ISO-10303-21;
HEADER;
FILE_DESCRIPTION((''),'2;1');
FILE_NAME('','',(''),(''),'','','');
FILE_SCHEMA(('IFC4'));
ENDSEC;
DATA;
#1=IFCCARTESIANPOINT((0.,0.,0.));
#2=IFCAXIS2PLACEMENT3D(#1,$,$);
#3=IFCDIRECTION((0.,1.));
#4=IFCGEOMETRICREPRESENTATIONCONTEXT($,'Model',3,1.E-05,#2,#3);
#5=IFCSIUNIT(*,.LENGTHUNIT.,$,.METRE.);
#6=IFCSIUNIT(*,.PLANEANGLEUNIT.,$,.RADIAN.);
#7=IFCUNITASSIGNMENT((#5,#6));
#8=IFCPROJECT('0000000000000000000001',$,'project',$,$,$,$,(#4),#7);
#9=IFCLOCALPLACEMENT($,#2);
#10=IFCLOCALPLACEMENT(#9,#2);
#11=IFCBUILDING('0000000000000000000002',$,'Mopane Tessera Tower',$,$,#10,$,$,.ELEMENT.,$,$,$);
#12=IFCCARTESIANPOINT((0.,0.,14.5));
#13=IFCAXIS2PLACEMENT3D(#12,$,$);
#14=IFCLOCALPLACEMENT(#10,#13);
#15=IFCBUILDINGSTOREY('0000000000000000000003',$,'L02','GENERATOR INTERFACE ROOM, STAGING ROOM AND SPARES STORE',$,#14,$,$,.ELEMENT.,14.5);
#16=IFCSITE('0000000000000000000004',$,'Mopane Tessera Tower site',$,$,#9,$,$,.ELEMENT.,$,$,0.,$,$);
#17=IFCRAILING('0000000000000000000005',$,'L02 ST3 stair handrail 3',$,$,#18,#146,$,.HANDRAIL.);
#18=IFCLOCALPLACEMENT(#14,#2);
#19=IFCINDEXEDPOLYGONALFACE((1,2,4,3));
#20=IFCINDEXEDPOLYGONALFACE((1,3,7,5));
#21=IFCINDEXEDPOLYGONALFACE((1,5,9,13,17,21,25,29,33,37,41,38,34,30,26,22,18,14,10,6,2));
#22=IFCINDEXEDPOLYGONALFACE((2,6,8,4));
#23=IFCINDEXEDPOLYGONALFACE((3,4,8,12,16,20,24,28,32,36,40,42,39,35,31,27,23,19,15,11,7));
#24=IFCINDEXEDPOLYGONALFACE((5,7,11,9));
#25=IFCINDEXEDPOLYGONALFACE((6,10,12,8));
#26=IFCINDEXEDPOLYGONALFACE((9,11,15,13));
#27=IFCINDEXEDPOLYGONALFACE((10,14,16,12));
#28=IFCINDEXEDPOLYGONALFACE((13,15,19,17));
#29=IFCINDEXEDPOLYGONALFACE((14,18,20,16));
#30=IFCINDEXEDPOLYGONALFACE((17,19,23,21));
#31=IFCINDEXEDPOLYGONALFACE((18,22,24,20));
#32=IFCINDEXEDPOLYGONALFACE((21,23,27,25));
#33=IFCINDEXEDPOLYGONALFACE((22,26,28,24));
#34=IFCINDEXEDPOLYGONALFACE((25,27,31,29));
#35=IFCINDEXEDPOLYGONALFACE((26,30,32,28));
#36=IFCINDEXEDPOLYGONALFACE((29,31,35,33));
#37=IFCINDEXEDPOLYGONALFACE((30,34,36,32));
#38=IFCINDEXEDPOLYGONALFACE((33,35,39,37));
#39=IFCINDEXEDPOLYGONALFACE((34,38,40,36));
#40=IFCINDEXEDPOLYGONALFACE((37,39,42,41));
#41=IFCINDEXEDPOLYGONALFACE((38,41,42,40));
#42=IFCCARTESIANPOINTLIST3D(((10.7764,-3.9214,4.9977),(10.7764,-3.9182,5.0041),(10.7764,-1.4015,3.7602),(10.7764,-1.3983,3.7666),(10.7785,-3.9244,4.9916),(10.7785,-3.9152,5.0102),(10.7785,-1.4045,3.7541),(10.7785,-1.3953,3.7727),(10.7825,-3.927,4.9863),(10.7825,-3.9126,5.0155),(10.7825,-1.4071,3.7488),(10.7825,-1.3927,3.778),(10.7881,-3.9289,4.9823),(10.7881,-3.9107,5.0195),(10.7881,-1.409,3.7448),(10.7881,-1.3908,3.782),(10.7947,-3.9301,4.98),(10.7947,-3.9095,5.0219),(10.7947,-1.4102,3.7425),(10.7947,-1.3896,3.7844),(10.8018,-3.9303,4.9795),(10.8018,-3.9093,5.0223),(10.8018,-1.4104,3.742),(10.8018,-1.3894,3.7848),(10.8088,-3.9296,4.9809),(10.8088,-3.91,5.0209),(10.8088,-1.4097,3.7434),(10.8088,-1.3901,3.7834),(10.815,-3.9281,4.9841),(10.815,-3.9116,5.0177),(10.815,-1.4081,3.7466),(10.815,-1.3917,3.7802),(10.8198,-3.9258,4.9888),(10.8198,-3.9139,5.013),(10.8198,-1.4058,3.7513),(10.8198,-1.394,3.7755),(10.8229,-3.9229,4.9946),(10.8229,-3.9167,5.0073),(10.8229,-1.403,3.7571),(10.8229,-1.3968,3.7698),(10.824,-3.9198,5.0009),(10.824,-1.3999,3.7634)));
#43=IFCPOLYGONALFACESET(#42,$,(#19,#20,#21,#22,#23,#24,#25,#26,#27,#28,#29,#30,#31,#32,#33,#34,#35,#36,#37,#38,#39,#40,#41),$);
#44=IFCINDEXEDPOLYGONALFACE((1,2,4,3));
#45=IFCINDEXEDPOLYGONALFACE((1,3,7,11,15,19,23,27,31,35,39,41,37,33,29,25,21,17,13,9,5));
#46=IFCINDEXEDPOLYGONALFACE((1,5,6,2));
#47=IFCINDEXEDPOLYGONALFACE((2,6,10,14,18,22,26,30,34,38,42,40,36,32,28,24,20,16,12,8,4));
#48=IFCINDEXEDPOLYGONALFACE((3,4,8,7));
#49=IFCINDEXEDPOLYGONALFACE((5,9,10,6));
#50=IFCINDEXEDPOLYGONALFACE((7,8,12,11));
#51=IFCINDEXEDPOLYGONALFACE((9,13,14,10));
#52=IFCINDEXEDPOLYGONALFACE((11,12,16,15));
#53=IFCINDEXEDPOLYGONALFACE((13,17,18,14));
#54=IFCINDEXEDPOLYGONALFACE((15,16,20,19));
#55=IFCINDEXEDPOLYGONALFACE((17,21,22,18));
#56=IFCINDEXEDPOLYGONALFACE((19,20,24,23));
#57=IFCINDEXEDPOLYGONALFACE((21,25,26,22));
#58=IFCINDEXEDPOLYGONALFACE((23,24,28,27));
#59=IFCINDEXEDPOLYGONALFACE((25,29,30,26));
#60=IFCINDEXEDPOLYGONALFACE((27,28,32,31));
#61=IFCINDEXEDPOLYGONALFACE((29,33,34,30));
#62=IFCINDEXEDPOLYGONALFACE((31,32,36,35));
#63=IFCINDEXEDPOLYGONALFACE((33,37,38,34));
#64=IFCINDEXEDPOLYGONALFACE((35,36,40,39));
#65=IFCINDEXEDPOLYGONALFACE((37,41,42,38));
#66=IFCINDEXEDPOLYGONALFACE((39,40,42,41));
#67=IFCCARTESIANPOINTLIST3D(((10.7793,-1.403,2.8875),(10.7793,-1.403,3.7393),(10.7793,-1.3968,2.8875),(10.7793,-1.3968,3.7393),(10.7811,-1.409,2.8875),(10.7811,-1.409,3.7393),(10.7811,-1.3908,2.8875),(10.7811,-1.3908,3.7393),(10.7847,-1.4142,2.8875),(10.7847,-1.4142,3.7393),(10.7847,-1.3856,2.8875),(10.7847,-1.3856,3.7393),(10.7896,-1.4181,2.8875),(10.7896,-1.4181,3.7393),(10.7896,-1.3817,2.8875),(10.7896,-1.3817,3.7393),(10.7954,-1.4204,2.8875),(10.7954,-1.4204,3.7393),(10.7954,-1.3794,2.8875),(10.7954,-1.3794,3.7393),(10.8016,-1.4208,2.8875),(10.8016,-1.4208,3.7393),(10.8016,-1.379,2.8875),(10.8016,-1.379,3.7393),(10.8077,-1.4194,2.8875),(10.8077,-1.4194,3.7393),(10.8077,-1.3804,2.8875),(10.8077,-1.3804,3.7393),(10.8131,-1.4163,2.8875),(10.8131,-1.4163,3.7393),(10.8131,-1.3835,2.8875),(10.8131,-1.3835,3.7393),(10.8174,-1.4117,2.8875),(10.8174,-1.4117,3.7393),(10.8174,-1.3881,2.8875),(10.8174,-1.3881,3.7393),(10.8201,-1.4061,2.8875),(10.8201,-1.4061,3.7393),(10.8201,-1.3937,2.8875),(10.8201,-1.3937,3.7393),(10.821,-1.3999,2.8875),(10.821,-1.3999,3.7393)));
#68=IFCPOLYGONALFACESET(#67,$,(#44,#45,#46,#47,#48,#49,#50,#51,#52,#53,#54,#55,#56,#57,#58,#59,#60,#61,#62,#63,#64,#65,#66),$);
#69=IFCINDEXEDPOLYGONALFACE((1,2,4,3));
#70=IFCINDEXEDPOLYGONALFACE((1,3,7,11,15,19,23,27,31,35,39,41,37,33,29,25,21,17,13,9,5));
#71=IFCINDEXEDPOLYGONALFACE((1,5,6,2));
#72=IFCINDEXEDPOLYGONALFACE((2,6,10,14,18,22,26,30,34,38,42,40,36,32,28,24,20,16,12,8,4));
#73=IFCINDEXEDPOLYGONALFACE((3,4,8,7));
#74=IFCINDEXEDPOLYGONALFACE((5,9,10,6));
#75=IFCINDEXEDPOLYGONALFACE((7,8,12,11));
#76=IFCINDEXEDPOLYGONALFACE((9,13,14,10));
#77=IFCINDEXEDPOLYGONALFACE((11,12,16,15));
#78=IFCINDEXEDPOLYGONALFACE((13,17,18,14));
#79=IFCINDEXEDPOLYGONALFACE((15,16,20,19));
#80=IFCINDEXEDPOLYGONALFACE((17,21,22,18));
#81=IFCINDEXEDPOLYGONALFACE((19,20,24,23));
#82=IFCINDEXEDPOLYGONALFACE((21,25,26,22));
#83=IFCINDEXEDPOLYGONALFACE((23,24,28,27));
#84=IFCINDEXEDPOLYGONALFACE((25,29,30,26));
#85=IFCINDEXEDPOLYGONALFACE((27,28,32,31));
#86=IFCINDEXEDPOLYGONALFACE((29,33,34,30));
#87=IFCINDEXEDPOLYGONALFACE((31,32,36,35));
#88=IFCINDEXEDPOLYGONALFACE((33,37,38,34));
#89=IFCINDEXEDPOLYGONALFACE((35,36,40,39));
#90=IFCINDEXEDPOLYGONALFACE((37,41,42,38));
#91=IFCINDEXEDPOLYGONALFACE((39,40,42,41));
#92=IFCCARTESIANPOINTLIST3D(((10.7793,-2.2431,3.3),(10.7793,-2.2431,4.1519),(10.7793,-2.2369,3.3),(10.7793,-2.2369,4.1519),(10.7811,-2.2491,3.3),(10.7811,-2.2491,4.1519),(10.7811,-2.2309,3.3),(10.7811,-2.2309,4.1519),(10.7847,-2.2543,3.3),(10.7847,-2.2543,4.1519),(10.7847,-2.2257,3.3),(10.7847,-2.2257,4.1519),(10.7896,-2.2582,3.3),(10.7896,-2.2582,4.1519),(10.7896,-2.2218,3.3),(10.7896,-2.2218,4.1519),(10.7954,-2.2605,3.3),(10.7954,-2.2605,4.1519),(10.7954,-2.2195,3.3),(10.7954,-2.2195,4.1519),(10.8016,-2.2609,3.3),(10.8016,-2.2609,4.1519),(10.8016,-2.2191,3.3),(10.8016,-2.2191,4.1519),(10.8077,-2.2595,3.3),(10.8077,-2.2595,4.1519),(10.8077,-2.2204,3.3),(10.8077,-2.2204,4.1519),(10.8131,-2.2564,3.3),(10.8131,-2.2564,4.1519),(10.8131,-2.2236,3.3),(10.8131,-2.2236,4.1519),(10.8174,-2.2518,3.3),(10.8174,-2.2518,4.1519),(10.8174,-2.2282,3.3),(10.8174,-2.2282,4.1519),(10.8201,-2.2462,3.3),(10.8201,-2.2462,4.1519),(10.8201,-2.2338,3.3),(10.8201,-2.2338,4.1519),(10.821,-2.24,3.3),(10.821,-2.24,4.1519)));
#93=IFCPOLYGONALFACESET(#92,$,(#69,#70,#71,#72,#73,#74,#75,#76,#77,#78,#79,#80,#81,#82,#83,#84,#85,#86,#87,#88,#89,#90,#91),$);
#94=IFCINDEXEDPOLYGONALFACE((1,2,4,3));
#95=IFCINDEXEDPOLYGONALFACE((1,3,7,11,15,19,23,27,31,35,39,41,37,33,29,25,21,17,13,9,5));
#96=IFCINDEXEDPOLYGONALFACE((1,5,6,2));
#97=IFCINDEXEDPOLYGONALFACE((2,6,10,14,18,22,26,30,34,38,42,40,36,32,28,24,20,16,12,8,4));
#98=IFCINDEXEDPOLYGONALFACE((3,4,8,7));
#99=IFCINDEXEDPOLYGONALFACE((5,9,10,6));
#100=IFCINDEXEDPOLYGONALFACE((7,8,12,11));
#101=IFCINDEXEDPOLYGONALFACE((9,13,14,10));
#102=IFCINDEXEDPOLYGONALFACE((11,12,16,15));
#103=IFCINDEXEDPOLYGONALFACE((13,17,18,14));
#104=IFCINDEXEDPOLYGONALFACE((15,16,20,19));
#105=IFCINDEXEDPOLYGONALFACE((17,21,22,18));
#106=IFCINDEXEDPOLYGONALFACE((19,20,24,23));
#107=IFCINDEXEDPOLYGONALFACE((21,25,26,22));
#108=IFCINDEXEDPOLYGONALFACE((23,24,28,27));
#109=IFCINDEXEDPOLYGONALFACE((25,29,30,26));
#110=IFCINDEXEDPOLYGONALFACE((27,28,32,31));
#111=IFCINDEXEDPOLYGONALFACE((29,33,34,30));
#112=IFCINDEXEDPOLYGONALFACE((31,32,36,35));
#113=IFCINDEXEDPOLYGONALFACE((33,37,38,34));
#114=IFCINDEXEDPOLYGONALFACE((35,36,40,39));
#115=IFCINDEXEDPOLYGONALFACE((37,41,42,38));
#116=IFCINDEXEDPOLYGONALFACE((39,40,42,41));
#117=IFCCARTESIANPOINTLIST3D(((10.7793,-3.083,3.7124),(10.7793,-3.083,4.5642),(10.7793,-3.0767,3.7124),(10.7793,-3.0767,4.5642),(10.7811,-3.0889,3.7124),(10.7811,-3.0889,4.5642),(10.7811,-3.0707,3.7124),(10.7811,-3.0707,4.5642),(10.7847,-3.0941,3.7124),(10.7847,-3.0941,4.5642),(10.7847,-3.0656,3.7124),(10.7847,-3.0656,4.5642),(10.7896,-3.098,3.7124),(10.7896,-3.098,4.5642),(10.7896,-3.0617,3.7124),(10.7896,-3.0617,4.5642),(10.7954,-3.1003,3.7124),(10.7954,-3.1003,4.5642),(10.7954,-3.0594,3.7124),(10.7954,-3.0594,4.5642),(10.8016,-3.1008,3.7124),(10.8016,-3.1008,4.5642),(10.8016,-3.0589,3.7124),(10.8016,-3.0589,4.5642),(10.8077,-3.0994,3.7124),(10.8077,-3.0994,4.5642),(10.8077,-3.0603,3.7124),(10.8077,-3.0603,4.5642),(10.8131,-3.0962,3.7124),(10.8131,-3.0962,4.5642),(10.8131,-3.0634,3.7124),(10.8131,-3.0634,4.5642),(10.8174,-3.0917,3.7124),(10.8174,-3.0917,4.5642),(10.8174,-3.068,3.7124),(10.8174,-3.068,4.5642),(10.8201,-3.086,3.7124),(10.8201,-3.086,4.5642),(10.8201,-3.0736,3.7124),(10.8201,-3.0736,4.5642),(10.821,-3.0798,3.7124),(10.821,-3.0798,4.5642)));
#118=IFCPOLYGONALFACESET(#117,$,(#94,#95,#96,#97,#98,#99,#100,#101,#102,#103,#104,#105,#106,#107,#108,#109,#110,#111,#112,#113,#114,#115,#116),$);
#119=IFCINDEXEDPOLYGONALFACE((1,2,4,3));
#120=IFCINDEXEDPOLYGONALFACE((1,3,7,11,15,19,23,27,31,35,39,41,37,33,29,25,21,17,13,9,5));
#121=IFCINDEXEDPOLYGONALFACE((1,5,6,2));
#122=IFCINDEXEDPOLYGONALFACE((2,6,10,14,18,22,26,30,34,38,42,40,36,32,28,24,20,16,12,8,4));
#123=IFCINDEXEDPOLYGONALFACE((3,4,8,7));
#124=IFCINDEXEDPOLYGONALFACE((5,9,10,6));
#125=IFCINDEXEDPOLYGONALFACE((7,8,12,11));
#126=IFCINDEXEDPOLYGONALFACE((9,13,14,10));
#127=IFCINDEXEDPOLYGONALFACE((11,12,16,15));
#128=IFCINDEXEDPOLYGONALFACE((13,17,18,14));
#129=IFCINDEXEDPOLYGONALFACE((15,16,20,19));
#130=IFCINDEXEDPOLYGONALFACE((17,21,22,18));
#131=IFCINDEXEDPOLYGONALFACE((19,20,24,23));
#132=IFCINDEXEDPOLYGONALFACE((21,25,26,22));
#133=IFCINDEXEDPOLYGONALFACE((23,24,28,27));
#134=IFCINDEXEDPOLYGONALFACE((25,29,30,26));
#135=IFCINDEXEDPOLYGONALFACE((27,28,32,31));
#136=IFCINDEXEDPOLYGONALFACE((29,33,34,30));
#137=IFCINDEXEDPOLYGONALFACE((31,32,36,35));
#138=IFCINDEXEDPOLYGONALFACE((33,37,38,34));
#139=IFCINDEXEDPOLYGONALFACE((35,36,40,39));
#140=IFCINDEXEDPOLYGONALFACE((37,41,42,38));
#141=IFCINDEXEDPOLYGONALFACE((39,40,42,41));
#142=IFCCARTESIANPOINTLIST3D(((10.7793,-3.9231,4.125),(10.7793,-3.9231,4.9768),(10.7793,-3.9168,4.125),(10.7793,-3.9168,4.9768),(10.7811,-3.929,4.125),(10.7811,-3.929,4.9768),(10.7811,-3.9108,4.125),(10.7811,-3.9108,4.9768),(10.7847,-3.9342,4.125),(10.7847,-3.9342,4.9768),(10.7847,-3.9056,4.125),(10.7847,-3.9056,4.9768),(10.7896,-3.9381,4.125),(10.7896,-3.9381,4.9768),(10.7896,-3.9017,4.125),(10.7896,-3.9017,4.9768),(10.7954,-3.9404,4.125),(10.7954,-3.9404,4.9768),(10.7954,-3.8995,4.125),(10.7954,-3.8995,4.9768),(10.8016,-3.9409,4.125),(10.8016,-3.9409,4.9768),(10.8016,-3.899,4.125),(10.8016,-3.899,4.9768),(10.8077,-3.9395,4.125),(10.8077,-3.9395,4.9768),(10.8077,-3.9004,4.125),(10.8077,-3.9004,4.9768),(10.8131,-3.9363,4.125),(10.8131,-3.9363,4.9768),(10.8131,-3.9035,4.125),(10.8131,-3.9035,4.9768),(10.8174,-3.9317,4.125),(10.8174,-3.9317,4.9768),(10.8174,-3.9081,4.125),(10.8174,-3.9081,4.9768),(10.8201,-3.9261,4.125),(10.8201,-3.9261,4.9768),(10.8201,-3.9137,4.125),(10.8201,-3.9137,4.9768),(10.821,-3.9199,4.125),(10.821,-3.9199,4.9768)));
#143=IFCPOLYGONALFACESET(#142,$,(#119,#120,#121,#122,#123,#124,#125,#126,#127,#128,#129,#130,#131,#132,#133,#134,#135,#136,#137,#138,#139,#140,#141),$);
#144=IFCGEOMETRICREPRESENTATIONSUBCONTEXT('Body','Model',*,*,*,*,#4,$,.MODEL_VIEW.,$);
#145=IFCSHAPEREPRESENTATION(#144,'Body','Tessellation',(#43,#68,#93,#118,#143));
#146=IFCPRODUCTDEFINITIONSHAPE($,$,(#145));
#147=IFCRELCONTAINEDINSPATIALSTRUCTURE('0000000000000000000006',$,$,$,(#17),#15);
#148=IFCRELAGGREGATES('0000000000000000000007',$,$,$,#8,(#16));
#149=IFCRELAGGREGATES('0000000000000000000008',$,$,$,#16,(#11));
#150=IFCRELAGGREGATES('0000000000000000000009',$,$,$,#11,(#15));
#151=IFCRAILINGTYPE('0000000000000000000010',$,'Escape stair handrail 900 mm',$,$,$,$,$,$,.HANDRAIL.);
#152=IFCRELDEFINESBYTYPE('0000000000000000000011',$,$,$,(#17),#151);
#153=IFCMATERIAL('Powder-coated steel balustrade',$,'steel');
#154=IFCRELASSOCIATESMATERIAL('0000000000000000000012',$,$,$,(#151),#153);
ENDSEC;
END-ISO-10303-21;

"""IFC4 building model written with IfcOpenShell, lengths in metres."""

from ifc_helpers import new_model, si_unit, direction, frame, origin, origin_2d, place, context, subcontext, project, spatial, circle, extrude, material, type_object, element, save


model = new_model("IFC4")

# Units and contexts
model_context = context("Model", 3, precision=1e-05, world=origin(), true_north=direction((0.0, 1.0)))
body_context = subcontext(model_context, "Body", "Model", "MODEL_VIEW")
ifc_project = project(units=[si_unit("LENGTHUNIT", "METRE"), si_unit("PLANEANGLEUNIT", "RADIAN")], contexts=[model_context])

# Site, building, storey
site_placement = place(None, origin())
site = spatial("IfcSite", under=ifc_project, at=site_placement, Name="Mopane Tessera Tower site", CompositionType="ELEMENT", RefElevation=0.0)
building_placement = place(site_placement, origin())
building = spatial("IfcBuilding", under=site, at=building_placement, Name="Mopane Tessera Tower", CompositionType="ELEMENT")
storey_placement = place(building_placement, frame((0.0, 0.0, 14.5)))
storey = spatial("IfcBuildingStorey", under=building, at=storey_placement, Name="L02", Description="GENERATOR INTERFACE ROOM, STAGING ROOM AND SPARES STORE", CompositionType="ELEMENT", Elevation=14.5)

# Railing
ifc_material_1 = material(Name="Powder-coated steel balustrade", Category="steel")
railing_type_1 = type_object("IfcRailingType", Name="Escape stair handrail 900 mm", PredefinedType="HANDRAIL", material=ifc_material_1)
railing_1_placement = place(storey_placement, frame((10.8, -1.3999, 2.8875)))
element("IfcRailing", 1, at=railing_1_placement, inside=storey, type_object=railing_type_1, Name="L02 ST3 stair handrail 3", PredefinedType="HANDRAIL", context=body_context, shape_type="SweptSolid", body=[
    extrude(circle(Radius=0.0239, at=origin_2d()), frame((0.0, 0.0, 0.876), z_axis=(0.0, -0.897604, 0.440802), x_axis=(1.0, 0.0, 0.0)), (0.0, 0.0, 1.0), 2.8074),
    extrude(circle(Radius=0.021, at=origin_2d()), origin(), (0.0, 0.0, 1.0), 0.8518),
    extrude(circle(Radius=0.021, at=origin_2d()), frame((0.0, -0.8401, 0.4126)), (0.0, 0.0, 1.0), 0.8518),
    extrude(circle(Radius=0.021, at=origin_2d()), frame((0.0, -1.6799, 0.825)), (0.0, 0.0, 1.0), 0.8518),
    extrude(circle(Radius=0.021, at=origin_2d()), frame((0.0, -2.52, 1.2375)), (0.0, 0.0, 1.0), 0.8518),
])

save(model, "model.ifc")
